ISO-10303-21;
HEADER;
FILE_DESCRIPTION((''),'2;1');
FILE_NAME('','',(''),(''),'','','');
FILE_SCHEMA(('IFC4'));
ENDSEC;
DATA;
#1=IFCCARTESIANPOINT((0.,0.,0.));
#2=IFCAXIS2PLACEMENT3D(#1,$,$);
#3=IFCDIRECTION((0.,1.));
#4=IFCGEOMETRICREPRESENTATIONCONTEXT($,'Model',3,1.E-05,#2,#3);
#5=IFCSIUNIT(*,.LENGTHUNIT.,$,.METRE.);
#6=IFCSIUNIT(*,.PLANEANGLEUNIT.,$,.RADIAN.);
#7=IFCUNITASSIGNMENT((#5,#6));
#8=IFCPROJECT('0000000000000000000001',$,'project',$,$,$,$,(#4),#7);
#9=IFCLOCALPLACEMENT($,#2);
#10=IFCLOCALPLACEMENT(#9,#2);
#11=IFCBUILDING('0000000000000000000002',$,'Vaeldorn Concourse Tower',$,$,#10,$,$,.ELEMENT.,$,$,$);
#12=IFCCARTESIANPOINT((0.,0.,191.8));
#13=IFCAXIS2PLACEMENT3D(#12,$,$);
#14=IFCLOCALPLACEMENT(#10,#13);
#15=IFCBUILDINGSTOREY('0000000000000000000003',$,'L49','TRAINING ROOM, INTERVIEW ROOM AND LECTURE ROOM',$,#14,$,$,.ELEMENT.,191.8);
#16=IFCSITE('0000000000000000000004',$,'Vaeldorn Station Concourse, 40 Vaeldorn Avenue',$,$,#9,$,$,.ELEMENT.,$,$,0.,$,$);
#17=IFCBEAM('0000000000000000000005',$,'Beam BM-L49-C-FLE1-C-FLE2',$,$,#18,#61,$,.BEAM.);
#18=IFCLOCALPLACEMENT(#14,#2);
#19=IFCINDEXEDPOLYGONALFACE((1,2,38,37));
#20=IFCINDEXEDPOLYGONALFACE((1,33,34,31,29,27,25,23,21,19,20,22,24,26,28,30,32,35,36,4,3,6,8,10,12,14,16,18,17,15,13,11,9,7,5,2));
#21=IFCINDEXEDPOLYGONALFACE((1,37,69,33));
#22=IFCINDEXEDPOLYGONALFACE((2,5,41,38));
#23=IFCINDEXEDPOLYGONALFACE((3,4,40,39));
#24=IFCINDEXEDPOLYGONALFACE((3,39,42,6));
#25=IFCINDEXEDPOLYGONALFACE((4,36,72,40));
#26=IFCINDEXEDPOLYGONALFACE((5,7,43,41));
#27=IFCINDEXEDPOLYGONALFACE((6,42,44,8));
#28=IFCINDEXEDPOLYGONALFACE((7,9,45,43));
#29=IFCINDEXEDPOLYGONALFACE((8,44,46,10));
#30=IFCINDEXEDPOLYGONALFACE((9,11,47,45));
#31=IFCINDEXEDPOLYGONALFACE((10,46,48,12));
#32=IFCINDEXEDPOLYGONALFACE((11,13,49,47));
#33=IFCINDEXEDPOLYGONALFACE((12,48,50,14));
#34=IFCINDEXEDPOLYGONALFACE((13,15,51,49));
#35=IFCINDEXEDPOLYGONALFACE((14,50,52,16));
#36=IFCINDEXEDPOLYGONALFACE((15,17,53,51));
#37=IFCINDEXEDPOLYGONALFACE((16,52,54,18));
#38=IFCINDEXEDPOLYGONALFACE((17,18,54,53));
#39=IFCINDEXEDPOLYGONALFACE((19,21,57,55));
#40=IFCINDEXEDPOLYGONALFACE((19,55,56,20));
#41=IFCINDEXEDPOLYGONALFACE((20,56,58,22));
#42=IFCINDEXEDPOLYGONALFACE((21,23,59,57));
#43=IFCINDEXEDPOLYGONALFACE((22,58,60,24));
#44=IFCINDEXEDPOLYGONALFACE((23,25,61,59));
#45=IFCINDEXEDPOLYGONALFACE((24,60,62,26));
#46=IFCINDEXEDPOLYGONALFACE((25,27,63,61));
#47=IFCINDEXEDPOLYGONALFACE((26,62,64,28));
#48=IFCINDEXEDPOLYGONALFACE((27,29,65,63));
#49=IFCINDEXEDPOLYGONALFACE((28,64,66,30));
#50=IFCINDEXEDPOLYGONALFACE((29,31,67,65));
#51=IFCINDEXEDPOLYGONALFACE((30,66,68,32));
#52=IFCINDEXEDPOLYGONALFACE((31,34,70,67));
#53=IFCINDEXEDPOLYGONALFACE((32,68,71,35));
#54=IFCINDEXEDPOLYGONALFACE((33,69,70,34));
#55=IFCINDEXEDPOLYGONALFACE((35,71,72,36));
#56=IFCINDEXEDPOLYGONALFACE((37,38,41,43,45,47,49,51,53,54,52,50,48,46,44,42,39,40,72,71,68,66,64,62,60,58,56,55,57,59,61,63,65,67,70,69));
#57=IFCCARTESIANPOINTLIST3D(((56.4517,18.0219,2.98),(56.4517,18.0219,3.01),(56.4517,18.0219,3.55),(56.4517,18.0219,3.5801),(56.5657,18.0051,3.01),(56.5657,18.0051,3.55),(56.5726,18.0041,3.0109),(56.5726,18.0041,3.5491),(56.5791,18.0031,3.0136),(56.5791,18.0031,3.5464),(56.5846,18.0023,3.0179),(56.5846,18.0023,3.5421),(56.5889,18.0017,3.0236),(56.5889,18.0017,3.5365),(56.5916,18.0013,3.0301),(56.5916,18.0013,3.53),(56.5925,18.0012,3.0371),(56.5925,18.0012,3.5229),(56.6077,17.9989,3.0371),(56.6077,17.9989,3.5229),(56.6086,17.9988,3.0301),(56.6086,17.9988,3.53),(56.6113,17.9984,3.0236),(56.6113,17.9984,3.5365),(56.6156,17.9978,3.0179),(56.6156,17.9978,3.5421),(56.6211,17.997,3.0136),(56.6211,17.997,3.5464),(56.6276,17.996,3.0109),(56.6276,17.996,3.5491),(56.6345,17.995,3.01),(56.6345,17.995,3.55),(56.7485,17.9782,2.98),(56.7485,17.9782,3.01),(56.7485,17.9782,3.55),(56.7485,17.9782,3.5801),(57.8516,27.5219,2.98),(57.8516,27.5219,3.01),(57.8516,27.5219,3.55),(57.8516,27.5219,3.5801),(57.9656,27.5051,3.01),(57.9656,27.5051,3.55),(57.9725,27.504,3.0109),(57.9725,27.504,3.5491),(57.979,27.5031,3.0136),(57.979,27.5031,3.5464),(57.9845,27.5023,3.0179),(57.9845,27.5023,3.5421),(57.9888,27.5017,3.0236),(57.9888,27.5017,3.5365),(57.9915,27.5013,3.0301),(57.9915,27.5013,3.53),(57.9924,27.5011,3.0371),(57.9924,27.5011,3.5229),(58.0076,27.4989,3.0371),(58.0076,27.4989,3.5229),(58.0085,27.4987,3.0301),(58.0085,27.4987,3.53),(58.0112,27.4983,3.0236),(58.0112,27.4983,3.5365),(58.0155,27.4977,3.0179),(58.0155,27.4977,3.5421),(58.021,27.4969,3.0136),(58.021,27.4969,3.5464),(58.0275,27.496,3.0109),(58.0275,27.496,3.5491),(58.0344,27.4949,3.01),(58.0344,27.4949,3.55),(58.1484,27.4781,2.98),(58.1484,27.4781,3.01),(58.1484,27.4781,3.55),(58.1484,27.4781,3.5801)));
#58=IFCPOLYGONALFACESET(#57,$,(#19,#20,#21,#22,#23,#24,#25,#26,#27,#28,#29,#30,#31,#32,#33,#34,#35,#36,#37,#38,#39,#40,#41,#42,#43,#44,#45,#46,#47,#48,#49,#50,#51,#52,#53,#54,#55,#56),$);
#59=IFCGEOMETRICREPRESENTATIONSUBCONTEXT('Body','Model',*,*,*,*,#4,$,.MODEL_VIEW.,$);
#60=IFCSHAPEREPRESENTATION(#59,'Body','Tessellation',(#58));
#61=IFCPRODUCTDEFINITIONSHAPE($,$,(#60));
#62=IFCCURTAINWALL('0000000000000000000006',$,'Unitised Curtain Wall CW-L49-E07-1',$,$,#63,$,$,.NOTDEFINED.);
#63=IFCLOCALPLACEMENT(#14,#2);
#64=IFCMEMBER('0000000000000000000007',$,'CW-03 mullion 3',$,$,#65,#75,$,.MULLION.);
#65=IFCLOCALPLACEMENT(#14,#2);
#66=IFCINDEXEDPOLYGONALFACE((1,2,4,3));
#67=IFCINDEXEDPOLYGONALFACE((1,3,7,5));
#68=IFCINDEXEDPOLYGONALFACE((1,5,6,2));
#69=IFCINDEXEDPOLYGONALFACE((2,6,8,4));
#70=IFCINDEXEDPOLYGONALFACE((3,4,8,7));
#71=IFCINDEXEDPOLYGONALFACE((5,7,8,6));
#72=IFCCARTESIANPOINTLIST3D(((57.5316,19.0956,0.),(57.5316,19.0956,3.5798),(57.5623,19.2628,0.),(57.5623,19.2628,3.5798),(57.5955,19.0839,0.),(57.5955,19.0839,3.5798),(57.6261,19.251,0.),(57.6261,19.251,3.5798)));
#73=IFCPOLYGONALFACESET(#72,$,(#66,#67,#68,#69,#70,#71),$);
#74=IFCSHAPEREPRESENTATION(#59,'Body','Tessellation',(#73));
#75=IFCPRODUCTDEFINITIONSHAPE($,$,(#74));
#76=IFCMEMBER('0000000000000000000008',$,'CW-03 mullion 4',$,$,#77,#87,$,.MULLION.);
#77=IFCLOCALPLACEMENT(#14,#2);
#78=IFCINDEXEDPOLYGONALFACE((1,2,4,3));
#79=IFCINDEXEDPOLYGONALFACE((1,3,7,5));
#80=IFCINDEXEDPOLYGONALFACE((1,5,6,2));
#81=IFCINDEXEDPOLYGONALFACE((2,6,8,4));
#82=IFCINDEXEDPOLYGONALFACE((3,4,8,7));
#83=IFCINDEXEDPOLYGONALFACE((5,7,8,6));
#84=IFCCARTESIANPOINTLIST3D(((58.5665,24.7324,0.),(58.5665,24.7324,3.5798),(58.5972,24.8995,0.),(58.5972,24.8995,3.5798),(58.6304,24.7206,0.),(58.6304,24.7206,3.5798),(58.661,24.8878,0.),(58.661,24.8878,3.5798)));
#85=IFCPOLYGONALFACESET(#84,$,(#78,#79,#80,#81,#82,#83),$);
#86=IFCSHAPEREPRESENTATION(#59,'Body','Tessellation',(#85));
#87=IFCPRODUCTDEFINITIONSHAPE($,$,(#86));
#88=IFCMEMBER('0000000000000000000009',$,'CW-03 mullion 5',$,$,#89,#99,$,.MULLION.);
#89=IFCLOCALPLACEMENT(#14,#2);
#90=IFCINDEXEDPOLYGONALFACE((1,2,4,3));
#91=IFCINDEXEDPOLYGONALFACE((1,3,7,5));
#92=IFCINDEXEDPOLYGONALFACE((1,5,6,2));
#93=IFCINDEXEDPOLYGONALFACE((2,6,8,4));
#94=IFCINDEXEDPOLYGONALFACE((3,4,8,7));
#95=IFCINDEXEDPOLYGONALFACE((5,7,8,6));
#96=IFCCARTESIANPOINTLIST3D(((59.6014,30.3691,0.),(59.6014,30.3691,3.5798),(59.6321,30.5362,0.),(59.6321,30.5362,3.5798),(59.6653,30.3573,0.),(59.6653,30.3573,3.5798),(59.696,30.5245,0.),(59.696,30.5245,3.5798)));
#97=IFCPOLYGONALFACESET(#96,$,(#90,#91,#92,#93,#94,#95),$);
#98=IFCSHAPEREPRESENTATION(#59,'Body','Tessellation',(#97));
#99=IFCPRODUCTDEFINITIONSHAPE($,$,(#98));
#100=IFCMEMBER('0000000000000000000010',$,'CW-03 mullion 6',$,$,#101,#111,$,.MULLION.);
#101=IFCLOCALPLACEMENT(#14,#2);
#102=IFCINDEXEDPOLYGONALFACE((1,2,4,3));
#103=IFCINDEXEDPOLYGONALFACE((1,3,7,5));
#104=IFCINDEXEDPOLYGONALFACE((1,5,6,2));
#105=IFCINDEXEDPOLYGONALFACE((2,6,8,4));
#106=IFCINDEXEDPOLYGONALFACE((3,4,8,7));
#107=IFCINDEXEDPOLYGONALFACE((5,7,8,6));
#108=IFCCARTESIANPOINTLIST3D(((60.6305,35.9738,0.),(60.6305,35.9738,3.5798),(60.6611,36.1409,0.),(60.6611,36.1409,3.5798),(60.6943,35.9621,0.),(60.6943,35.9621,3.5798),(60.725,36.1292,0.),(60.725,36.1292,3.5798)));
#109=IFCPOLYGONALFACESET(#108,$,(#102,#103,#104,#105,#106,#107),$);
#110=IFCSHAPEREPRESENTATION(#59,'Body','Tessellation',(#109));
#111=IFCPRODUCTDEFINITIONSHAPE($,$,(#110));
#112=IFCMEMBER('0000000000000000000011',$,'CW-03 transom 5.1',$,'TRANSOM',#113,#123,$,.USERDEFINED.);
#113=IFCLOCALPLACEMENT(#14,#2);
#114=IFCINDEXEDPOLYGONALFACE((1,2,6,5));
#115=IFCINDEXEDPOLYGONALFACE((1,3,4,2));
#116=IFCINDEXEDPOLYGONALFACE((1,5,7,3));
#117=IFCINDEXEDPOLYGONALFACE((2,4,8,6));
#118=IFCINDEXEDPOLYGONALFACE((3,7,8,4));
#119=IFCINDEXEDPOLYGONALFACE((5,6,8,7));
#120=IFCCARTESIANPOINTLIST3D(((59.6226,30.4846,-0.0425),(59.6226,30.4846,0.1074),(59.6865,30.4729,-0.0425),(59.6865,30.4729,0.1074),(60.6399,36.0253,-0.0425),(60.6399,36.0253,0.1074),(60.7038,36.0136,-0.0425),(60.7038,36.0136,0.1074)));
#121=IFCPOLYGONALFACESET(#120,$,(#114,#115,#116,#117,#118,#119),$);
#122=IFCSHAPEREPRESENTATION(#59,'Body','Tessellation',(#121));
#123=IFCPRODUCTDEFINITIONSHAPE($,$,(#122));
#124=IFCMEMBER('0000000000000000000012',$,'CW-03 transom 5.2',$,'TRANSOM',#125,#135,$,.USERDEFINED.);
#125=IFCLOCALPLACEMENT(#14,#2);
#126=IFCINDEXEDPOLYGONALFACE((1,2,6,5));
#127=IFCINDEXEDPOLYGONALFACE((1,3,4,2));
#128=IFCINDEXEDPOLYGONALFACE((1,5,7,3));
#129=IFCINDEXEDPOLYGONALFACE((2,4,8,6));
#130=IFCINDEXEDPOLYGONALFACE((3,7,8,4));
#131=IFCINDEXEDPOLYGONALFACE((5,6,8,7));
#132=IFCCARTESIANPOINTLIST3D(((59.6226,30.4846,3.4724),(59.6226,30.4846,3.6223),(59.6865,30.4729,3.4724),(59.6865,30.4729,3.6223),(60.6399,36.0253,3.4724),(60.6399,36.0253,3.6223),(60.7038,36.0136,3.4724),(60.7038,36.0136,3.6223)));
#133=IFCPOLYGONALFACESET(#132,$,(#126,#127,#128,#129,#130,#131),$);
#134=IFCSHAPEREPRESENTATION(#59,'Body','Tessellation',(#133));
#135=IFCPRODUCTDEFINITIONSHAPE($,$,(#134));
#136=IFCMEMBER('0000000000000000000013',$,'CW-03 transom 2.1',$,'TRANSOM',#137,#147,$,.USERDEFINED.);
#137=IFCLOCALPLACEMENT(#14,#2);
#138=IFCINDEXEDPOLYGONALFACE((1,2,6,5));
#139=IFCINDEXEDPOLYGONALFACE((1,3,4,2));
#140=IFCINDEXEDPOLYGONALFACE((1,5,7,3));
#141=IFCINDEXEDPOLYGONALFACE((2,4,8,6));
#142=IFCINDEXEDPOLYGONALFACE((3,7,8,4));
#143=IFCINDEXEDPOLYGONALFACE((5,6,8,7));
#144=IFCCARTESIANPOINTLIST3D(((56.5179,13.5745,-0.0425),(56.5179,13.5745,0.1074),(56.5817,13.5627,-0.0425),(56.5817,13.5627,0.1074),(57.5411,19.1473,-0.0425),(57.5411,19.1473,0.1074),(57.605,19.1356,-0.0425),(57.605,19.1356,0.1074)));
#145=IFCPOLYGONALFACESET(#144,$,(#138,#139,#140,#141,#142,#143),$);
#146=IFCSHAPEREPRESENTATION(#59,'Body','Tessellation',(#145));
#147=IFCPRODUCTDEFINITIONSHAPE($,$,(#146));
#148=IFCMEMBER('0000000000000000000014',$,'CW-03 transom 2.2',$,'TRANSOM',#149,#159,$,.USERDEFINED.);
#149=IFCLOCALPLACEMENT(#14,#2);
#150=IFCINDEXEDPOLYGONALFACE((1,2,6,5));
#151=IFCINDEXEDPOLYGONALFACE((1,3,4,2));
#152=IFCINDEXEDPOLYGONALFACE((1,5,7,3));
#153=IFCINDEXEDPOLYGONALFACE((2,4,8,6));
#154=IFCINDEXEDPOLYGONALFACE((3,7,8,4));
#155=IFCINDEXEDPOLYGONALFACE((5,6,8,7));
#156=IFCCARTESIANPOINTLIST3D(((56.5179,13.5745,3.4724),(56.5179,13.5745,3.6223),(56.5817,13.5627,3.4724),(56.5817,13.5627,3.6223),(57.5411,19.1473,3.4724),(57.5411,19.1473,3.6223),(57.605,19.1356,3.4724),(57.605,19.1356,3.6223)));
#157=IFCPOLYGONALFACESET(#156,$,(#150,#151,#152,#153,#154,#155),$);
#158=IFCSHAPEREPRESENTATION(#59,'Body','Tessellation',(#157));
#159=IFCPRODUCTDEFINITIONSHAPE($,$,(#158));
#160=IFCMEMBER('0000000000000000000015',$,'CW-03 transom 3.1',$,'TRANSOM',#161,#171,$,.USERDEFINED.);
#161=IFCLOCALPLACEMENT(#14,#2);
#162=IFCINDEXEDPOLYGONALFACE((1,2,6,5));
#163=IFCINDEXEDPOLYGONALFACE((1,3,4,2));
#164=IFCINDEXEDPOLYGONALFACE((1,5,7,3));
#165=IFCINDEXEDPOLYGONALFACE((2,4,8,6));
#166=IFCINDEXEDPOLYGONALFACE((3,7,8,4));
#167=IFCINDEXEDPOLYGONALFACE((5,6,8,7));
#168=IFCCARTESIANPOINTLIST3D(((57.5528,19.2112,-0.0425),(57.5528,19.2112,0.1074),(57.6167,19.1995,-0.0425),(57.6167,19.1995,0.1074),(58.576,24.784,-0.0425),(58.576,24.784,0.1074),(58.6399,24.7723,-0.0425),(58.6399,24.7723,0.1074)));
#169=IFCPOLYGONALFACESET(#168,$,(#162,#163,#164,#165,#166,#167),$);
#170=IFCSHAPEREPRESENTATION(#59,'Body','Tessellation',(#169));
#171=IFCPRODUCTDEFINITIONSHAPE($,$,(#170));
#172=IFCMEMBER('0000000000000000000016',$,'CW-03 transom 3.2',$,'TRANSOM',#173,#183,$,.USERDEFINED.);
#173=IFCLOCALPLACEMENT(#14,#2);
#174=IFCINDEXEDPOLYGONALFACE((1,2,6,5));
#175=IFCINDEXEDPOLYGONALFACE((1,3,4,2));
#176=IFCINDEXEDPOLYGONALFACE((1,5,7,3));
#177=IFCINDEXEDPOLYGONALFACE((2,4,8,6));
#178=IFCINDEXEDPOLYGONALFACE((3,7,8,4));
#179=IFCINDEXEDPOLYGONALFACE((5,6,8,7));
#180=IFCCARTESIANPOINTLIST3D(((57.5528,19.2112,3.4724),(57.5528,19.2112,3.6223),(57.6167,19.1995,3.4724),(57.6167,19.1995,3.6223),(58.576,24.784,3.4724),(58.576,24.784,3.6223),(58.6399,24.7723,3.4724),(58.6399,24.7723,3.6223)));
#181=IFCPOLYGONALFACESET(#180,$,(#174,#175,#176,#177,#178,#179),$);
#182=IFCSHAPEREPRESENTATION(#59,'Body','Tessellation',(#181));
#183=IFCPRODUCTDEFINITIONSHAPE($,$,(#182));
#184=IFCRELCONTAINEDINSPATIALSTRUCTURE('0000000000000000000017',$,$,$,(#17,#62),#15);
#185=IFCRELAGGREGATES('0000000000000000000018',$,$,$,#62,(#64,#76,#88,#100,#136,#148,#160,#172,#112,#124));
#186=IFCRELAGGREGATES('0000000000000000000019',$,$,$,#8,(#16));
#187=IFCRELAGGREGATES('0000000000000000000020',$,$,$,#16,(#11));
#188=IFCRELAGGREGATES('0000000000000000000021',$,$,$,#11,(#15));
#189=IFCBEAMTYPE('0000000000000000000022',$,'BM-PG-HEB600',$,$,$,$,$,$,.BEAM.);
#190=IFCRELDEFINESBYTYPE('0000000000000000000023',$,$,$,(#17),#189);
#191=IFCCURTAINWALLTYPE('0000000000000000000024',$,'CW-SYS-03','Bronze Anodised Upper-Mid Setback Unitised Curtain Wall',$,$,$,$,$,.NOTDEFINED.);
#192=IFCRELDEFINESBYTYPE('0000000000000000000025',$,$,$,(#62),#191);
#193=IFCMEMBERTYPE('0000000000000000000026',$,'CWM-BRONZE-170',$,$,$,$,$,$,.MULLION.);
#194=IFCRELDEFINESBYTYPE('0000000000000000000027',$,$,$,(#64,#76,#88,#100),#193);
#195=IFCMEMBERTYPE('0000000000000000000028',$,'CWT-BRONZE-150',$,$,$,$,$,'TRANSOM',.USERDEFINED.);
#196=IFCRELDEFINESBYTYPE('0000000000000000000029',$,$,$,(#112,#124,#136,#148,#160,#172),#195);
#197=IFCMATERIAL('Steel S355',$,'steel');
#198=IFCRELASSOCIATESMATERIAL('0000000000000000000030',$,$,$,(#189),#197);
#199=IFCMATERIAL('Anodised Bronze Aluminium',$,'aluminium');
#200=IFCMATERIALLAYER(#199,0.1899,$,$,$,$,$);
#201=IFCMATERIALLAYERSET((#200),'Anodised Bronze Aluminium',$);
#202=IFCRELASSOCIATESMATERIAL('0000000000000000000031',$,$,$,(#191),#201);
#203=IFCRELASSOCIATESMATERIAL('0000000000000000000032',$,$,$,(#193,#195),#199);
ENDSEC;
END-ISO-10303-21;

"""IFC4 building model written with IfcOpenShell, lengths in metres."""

from ifc_helpers import new_model, si_unit, direction, frame, origin, origin_2d, place, context, subcontext, project, spatial, rectangle, i_section, extrude, source, transform, mapped, material, layer, layer_set, material_profile, profile_set, type_object, element, aggregate, save


model = new_model("IFC4")

# Units and contexts
model_context = context("Model", 3, precision=1e-05, world=origin(), true_north=direction((0.0, 1.0)))
body_context = subcontext(model_context, "Body", "Model", "MODEL_VIEW")
ifc_project = project(units=[si_unit("LENGTHUNIT", "METRE"), si_unit("PLANEANGLEUNIT", "RADIAN")], contexts=[model_context])

# Site, building, storey
site_placement = place(None, origin())
site = spatial("IfcSite", under=ifc_project, at=site_placement, Name="Vaeldorn Station Concourse, 40 Vaeldorn Avenue", CompositionType="ELEMENT", RefElevation=0.0)
building_placement = place(site_placement, origin())
building = spatial("IfcBuilding", under=site, at=building_placement, Name="Vaeldorn Concourse Tower", CompositionType="ELEMENT")
storey_placement = place(building_placement, frame((0.0, 0.0, 191.8)))
storey = spatial("IfcBuildingStorey", under=building, at=storey_placement, Name="L49", Description="TRAINING ROOM, INTERVIEW ROOM AND LECTURE ROOM", CompositionType="ELEMENT", Elevation=191.8)

# Shared definitions
ifc_material_1 = material(Name="Steel S355", Category="steel")

# Beam
ifc_material_profile_1 = material_profile(ifc_material_1, i_section(OverallWidth=0.3, OverallDepth=0.6001, WebThickness=0.0154, FlangeThickness=0.03, FilletRadius=0.0271, at=origin_2d()), Name="HEB 600")
ifc_profile_set_1 = profile_set([ifc_material_profile_1], Name="Steel S355")
beam_type_1 = type_object("IfcBeamType", Name="BM-PG-HEB600", PredefinedType="BEAM", material=ifc_profile_set_1)
shared_shape_1 = source(origin(), body_context, "Body", "SweptSolid", [
    extrude(i_section(OverallWidth=0.3, OverallDepth=0.6001, WebThickness=0.0154, FlangeThickness=0.03, FilletRadius=0.0271, at=origin_2d()), origin(), (0.0, 0.0, 1.0), 9.6025),
])
beam_1_placement = place(storey_placement, frame((58.0, 27.5, 3.28), z_axis=(-0.145784, -0.989316, 0.0), x_axis=(0.989316, -0.145784, 0.0)))
element("IfcBeam", 1, at=beam_1_placement, inside=storey, type_object=beam_type_1, Name="Beam BM-L49-C-FLE1-C-FLE2", PredefinedType="BEAM", context=body_context, shape_type="MappedRepresentation", body=[
    mapped(shared_shape_1, transform((0.0, 0.0, 0.0), scale=1.0)),
])

# Curtain wall, members
ifc_material_2 = material(Name="Anodised Bronze Aluminium", Category="aluminium")
ifc_layer_1 = layer(ifc_material_2, 0.1899)
ifc_layer_set_1 = layer_set([ifc_layer_1], Name="Anodised Bronze Aluminium")
curtain_wall_type = type_object("IfcCurtainWallType", Name="CW-SYS-03", Description="Bronze Anodised Upper-Mid Setback Unitised Curtain Wall", PredefinedType="NOTDEFINED", material=ifc_layer_set_1)
curtain_wall_placement = place(storey_placement, origin())
curtain_wall = element("IfcCurtainWall", 2, at=curtain_wall_placement, inside=storey, type_object=curtain_wall_type, Name="Unitised Curtain Wall CW-L49-E07-1", PredefinedType="NOTDEFINED")
ifc_material_profile_2 = material_profile(ifc_material_2, rectangle(XDim=0.0649, YDim=0.1699, at=origin_2d()), Name="CWM 65x170")
ifc_profile_set_2 = profile_set([ifc_material_profile_2], Name="Anodised Bronze Aluminium")
member_type_1 = type_object("IfcMemberType", Name="CWM-BRONZE-170", PredefinedType="MULLION", material=ifc_profile_set_2)
shared_shape_2 = source(origin(), body_context, "Body", "SweptSolid", [
    extrude(rectangle(XDim=0.0649, YDim=0.1699, at=origin_2d()), origin(), (0.0, 0.0, 1.0), 3.5798),
])
member_1_placement = place(storey_placement, frame((57.5789, 19.1733, 0.0), z_axis=(0.0, 0.0, 1.0), x_axis=(-0.983559, 0.180585, 0.0)))
member_1 = element("IfcMember", 3, at=member_1_placement, type_object=member_type_1, Name="CW-03 mullion 3", PredefinedType="MULLION", context=body_context, shape_type="MappedRepresentation", body=[
    mapped(shared_shape_2, transform((0.0, 0.0, 0.0), scale=1.0)),
])
member_2_placement = place(storey_placement, frame((58.6138, 24.8101, 0.0), z_axis=(0.0, 0.0, 1.0), x_axis=(-0.983559, 0.180585, 0.0)))
member_2 = element("IfcMember", 4, at=member_2_placement, type_object=member_type_1, Name="CW-03 mullion 4", PredefinedType="MULLION", context=body_context, shape_type="MappedRepresentation", body=[
    mapped(shared_shape_2, transform((0.0, 0.0, 0.0), scale=1.0)),
])
member_3_placement = place(storey_placement, frame((59.6487, 30.4468, 0.0), z_axis=(0.0, 0.0, 1.0), x_axis=(-0.983559, 0.180585, 0.0)))
member_3 = element("IfcMember", 5, at=member_3_placement, type_object=member_type_1, Name="CW-03 mullion 5", PredefinedType="MULLION", context=body_context, shape_type="MappedRepresentation", body=[
    mapped(shared_shape_2, transform((0.0, 0.0, 0.0), scale=1.0)),
])
member_4_placement = place(storey_placement, frame((60.6777, 36.0515, 0.0), z_axis=(0.0, 0.0, 1.0), x_axis=(-0.983559, 0.180585, 0.0)))
member_4 = element("IfcMember", 6, at=member_4_placement, type_object=member_type_1, Name="CW-03 mullion 6", PredefinedType="MULLION", context=body_context, shape_type="MappedRepresentation", body=[
    mapped(shared_shape_2, transform((0.0, 0.0, 0.0), scale=1.0)),
])
ifc_material_profile_3 = material_profile(ifc_material_2, rectangle(XDim=0.0649, YDim=0.1499, at=origin_2d()), Name="CWT 65x150")
ifc_profile_set_3 = profile_set([ifc_material_profile_3], Name="Anodised Bronze Aluminium")
member_type_2 = type_object("IfcMemberType", Name="CWT-BRONZE-150", ElementType="TRANSOM", PredefinedType="USERDEFINED", material=ifc_profile_set_3)
shared_shape_3 = source(origin(), body_context, "Body", "SweptSolid", [
    extrude(rectangle(XDim=0.0649, YDim=0.1499, at=origin_2d()), origin(), (0.0, 0.0, 1.0), 5.6333),
])
member_5_placement = place(storey_placement, frame((59.6545, 30.4788, 0.0325), z_axis=(0.18059, 0.983558, 0.0), x_axis=(-0.983558, 0.18059, 0.0)))
member_5 = element("IfcMember", 7, at=member_5_placement, type_object=member_type_2, Name="CW-03 transom 5.1", ObjectType="TRANSOM", PredefinedType="USERDEFINED", context=body_context, shape_type="MappedRepresentation", body=[
    mapped(shared_shape_3, transform((0.0, 0.0, 0.0), scale=1.0)),
])
member_6_placement = place(storey_placement, frame((59.6545, 30.4788, 3.5474), z_axis=(0.18059, 0.983558, 0.0), x_axis=(-0.983558, 0.18059, 0.0)))
member_6 = element("IfcMember", 8, at=member_6_placement, type_object=member_type_2, Name="CW-03 transom 5.2", ObjectType="TRANSOM", PredefinedType="USERDEFINED", context=body_context, shape_type="MappedRepresentation", body=[
    mapped(shared_shape_3, transform((0.0, 0.0, 0.0), scale=1.0)),
])
shared_shape_4 = source(origin(), body_context, "Body", "SweptSolid", [
    extrude(rectangle(XDim=0.0649, YDim=0.1499, at=origin_2d()), origin(), (0.0, 0.0, 1.0), 5.666),
])
member_7_placement = place(storey_placement, frame((56.5498, 13.5686, 0.0325), z_axis=(0.180588, 0.983559, 0.0), x_axis=(-0.983559, 0.180588, 0.0)))
member_7 = element("IfcMember", 9, at=member_7_placement, type_object=member_type_2, Name="CW-03 transom 2.1", ObjectType="TRANSOM", PredefinedType="USERDEFINED", context=body_context, shape_type="MappedRepresentation", body=[
    mapped(shared_shape_4, transform((0.0, 0.0, 0.0), scale=1.0)),
])
member_8_placement = place(storey_placement, frame((56.5498, 13.5686, 3.5474), z_axis=(0.180588, 0.983559, 0.0), x_axis=(-0.983559, 0.180588, 0.0)))
member_8 = element("IfcMember", 10, at=member_8_placement, type_object=member_type_2, Name="CW-03 transom 2.2", ObjectType="TRANSOM", PredefinedType="USERDEFINED", context=body_context, shape_type="MappedRepresentation", body=[
    mapped(shared_shape_4, transform((0.0, 0.0, 0.0), scale=1.0)),
])
member_9_placement = place(storey_placement, frame((57.5847, 19.2053, 0.0325), z_axis=(0.180588, 0.983559, 0.0), x_axis=(-0.983559, 0.180588, 0.0)))
member_9 = element("IfcMember", 11, at=member_9_placement, type_object=member_type_2, Name="CW-03 transom 3.1", ObjectType="TRANSOM", PredefinedType="USERDEFINED", context=body_context, shape_type="MappedRepresentation", body=[
    mapped(shared_shape_4, transform((0.0, 0.0, 0.0), scale=1.0)),
])
member_10_placement = place(storey_placement, frame((57.5847, 19.2053, 3.5474), z_axis=(0.180588, 0.983559, 0.0), x_axis=(-0.983559, 0.180588, 0.0)))
member_10 = element("IfcMember", 12, at=member_10_placement, type_object=member_type_2, Name="CW-03 transom 3.2", ObjectType="TRANSOM", PredefinedType="USERDEFINED", context=body_context, shape_type="MappedRepresentation", body=[
    mapped(shared_shape_4, transform((0.0, 0.0, 0.0), scale=1.0)),
])
aggregate(curtain_wall, [member_1, member_2, member_3, member_4, member_7, member_8, member_9, member_10, member_5, member_6])

save(model, "model.ifc")
